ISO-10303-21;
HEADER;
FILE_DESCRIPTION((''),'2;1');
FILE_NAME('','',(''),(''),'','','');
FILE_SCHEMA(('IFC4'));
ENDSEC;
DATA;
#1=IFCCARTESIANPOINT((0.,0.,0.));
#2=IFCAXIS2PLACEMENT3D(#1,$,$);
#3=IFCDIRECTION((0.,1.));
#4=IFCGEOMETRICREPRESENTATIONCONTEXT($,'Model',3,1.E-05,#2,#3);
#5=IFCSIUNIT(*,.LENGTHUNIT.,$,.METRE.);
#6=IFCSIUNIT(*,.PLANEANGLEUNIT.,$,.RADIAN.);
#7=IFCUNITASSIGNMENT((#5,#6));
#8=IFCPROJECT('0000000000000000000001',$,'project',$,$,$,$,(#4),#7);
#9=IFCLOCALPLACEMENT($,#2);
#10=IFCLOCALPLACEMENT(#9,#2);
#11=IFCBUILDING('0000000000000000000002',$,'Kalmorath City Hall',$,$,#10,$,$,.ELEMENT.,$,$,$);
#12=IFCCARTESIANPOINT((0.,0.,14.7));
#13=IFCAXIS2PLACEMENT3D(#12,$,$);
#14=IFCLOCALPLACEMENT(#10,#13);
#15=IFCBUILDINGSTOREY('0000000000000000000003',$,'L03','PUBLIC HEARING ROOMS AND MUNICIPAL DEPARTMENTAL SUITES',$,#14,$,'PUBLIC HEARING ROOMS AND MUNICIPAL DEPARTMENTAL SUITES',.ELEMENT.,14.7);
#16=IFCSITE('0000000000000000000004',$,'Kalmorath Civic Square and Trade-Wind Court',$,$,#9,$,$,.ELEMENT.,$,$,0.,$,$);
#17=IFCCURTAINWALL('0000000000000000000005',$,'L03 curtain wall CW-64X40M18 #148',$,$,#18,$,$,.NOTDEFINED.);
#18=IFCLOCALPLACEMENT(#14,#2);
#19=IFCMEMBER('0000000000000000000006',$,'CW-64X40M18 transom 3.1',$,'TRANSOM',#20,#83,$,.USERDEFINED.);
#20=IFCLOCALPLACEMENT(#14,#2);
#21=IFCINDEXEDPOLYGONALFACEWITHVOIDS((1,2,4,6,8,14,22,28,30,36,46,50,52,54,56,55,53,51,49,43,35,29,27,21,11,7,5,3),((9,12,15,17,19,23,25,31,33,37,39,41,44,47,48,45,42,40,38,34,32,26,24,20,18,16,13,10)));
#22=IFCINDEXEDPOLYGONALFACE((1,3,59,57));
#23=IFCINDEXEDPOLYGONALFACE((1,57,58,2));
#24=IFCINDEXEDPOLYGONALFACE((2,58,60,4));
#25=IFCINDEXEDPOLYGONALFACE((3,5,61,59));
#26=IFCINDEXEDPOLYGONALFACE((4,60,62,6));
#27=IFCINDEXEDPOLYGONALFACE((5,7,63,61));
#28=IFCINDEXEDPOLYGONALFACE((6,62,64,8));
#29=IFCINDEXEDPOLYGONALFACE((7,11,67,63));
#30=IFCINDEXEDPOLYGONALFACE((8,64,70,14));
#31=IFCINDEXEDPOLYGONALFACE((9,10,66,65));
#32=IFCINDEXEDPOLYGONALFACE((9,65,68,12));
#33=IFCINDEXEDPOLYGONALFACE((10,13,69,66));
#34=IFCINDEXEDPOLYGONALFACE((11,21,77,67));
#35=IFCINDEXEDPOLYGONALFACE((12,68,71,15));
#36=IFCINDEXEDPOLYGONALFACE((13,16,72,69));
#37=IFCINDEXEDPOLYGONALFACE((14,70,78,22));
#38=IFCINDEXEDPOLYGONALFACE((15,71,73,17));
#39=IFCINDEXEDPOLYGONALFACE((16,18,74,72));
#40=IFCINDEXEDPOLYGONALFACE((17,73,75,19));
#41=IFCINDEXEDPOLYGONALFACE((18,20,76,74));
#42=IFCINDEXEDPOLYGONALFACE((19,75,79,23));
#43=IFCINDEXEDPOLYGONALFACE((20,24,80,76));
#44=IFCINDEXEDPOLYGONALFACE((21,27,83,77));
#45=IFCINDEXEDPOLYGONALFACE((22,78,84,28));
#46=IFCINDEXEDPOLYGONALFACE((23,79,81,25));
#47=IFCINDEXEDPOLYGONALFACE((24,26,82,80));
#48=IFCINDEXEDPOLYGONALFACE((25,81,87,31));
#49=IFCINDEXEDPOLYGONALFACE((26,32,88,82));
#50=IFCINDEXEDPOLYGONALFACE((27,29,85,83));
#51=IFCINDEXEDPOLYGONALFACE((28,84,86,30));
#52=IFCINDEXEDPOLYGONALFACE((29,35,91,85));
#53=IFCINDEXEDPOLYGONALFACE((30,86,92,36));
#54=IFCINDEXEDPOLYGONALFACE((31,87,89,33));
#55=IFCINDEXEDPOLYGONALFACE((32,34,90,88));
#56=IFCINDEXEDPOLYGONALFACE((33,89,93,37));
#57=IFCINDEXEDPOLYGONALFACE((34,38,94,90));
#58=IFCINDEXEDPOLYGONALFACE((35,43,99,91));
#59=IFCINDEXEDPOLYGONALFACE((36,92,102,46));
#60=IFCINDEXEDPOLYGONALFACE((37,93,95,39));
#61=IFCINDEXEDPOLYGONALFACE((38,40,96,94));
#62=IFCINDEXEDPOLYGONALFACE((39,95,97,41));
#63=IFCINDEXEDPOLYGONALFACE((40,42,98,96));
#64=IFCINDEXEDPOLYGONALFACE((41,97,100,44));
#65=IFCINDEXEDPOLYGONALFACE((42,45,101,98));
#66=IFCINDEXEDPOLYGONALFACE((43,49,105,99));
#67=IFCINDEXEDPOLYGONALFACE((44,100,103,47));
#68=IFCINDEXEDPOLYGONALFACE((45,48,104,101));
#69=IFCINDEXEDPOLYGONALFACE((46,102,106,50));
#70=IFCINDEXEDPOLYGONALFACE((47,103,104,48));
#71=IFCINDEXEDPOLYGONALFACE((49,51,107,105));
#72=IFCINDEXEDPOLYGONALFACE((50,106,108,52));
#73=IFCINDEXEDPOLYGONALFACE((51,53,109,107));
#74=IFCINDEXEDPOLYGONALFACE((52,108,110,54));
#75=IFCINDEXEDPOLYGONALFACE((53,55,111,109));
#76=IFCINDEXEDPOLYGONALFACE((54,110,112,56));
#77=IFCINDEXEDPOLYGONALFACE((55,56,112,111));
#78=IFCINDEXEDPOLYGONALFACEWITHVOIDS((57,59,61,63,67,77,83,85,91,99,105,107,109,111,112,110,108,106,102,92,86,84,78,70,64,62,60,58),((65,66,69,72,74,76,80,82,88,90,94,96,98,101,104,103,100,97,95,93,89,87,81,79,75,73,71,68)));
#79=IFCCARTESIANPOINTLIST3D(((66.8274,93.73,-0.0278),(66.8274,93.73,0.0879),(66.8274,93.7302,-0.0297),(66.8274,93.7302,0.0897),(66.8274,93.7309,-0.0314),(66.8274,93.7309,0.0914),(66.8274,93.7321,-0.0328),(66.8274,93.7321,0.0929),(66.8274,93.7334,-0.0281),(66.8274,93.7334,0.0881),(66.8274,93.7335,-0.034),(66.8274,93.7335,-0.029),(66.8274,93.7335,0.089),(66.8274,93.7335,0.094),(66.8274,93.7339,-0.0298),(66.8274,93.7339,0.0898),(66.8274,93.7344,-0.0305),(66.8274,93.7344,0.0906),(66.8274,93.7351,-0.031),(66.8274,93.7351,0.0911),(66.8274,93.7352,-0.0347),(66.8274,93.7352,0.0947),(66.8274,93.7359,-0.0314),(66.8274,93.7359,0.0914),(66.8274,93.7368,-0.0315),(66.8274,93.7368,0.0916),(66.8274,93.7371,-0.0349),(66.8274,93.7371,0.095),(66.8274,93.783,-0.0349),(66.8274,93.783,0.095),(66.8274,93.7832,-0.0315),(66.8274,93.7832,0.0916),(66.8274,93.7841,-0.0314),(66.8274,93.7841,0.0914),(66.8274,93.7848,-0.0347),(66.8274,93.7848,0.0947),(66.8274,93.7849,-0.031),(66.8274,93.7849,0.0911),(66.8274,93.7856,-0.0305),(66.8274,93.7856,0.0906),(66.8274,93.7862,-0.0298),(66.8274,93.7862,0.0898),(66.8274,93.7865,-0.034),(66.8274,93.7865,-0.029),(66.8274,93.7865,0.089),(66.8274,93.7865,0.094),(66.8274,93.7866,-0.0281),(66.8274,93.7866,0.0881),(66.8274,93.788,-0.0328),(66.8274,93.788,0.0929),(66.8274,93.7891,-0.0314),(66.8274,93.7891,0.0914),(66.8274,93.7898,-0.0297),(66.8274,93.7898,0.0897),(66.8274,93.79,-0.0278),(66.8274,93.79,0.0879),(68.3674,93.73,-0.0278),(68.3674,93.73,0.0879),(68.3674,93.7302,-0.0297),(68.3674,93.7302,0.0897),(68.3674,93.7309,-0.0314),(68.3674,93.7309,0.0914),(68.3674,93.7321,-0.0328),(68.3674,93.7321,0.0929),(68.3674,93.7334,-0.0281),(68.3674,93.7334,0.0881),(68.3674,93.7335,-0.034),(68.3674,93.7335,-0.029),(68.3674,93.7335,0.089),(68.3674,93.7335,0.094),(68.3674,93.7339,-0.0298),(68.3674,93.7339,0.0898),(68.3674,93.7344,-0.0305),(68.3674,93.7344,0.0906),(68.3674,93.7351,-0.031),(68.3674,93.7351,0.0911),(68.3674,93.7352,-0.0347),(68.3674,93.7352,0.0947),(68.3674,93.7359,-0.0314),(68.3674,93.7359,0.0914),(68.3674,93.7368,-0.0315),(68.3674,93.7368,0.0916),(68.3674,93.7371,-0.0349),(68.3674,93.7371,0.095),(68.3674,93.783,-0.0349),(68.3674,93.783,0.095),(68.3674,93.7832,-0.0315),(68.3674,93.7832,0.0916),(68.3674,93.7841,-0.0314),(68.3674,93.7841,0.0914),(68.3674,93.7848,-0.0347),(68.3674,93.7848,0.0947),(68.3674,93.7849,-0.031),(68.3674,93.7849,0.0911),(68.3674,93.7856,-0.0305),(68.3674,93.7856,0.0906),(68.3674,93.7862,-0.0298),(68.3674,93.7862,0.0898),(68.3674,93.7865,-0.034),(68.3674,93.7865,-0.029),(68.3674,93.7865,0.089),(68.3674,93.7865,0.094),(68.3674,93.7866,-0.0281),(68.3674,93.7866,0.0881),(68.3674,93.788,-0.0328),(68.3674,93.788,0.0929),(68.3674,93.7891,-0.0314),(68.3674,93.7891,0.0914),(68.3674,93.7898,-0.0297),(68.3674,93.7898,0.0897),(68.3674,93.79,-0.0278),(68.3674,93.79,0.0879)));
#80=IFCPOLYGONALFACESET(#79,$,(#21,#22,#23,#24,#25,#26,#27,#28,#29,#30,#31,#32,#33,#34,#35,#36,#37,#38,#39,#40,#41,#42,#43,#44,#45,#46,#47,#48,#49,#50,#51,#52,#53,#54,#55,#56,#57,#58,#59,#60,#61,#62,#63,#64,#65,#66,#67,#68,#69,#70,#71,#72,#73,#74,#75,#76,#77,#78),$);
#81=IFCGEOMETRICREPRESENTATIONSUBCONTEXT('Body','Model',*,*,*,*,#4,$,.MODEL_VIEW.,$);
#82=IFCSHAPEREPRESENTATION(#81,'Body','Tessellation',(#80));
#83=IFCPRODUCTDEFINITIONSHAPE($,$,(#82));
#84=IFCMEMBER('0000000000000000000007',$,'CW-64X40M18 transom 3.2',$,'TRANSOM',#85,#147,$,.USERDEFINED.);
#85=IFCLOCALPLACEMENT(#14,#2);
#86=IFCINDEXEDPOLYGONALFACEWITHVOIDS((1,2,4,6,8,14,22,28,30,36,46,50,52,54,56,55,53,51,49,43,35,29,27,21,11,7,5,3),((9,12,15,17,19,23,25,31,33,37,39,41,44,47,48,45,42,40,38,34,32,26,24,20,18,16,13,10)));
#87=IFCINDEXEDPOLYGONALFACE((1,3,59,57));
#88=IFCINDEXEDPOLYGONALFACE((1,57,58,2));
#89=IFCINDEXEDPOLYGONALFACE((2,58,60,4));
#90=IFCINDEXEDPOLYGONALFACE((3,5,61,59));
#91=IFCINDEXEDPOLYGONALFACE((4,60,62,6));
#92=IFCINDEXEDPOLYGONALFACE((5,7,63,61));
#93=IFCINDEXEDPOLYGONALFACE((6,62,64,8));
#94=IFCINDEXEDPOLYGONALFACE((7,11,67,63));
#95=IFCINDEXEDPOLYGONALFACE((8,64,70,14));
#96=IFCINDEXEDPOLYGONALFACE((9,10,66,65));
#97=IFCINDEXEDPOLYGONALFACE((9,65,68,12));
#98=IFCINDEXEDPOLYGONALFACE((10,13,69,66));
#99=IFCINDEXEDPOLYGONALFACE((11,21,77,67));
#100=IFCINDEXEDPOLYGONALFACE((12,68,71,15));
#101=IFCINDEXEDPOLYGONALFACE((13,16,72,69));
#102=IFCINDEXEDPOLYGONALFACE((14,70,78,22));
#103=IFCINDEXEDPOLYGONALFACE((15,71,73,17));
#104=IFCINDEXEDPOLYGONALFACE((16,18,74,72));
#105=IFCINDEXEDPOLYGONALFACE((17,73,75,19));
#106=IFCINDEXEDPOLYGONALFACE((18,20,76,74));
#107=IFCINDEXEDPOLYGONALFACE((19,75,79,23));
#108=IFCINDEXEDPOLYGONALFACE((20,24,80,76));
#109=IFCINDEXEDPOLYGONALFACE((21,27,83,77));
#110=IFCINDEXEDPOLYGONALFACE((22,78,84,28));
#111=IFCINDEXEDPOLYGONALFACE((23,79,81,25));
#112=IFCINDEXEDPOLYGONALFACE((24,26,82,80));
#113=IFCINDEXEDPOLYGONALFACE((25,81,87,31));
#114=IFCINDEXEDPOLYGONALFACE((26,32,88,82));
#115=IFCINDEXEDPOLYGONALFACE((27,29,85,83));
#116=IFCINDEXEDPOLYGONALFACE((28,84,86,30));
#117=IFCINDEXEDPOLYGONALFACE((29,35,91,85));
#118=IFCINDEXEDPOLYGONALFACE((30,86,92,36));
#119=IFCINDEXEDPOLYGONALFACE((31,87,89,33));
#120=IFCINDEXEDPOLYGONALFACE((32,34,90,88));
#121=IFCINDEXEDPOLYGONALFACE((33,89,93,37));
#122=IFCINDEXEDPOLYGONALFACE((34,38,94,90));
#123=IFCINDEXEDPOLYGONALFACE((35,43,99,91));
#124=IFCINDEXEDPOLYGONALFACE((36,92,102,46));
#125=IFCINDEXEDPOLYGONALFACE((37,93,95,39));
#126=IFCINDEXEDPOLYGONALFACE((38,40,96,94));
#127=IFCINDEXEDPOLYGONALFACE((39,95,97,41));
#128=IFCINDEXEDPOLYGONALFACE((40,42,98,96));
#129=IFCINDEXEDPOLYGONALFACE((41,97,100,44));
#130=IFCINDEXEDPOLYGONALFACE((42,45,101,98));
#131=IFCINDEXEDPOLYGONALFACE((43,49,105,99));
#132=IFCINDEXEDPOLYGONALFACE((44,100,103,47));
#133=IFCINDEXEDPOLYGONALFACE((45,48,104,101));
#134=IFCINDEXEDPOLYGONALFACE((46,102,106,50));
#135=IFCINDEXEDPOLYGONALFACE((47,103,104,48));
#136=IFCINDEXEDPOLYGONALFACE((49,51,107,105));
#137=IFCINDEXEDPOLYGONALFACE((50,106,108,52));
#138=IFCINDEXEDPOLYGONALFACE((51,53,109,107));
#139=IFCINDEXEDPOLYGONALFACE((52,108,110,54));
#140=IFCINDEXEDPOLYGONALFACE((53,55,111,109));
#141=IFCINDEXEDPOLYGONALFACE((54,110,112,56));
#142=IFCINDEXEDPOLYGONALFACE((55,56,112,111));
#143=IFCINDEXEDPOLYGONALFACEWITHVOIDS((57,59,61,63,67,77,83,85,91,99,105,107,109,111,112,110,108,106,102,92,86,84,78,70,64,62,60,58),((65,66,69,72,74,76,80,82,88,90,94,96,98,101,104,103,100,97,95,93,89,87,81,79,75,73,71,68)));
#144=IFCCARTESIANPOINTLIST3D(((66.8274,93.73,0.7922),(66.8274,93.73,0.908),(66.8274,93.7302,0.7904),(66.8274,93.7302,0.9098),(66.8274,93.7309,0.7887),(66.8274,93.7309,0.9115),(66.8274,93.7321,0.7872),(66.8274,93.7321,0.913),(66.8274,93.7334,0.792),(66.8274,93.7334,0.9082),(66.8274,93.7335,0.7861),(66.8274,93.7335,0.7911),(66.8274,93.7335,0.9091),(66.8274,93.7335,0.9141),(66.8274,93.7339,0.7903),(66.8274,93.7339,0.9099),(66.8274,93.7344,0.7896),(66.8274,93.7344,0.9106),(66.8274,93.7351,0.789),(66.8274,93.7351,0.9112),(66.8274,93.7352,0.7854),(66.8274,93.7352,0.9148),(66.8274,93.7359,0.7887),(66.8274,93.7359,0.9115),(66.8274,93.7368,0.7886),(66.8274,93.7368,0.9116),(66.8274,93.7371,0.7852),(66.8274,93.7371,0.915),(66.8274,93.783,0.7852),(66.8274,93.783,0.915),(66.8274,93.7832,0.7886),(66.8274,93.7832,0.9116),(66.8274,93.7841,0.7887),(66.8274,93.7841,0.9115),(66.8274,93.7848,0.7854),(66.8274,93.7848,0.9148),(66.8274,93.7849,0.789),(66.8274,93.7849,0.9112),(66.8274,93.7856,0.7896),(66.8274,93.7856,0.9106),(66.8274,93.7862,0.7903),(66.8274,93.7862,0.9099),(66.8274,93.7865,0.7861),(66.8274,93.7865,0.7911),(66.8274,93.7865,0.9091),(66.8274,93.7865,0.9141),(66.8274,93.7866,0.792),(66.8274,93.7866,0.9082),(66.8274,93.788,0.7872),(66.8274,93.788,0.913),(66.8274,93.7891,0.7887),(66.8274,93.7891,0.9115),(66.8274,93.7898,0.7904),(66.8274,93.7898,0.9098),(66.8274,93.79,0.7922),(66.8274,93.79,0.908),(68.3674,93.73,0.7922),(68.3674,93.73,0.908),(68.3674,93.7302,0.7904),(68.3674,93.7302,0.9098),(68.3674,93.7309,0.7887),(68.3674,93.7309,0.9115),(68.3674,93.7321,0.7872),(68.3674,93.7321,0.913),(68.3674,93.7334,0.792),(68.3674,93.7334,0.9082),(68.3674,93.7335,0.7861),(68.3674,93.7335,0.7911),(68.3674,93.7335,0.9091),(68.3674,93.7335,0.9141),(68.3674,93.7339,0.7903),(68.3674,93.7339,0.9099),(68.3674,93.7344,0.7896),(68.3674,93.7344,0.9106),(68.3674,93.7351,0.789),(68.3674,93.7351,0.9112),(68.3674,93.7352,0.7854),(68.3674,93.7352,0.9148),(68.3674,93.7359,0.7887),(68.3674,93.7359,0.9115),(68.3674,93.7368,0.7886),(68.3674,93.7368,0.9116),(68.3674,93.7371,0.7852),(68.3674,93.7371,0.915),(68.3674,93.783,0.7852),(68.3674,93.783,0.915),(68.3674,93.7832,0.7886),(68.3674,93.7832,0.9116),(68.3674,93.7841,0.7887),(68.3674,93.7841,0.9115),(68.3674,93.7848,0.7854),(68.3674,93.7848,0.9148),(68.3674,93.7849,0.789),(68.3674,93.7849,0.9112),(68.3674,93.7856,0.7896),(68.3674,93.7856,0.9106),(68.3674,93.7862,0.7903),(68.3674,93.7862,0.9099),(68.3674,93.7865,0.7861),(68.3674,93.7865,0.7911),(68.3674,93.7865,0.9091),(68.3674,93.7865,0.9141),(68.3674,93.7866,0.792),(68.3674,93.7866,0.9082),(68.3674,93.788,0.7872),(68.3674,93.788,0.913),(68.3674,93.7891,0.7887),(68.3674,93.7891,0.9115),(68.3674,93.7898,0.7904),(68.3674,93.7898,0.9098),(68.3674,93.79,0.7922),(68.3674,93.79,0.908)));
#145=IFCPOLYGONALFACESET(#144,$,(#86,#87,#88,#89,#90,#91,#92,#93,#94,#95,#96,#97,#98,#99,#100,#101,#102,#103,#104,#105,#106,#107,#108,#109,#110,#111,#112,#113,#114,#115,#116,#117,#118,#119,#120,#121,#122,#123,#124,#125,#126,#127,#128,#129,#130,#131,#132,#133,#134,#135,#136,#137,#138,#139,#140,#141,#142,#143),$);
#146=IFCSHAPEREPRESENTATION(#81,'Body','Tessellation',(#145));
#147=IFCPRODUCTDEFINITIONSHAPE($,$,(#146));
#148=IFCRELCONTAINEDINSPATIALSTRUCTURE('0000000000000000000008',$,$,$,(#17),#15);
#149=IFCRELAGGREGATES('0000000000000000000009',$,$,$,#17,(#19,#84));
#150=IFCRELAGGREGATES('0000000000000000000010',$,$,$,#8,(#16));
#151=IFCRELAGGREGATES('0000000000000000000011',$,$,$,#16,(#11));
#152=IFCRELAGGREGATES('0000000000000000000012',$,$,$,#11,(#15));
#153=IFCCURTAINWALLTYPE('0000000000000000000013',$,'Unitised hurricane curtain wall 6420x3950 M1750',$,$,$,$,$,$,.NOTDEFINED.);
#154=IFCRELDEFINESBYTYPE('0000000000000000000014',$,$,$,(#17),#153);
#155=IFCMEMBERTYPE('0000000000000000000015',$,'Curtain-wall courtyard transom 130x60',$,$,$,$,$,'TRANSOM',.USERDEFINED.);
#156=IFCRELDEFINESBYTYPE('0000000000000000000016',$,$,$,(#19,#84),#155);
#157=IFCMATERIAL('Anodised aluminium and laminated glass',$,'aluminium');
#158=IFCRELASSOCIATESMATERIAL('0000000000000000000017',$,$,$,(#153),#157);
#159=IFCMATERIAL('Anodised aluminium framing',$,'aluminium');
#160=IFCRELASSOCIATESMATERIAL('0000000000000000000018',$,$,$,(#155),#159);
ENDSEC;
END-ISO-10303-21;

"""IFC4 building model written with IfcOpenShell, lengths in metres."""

from ifc_helpers import new_model, si_unit, direction, frame, origin, origin_2d, place, context, subcontext, project, spatial, hollow_rectangle, extrude, material, material_profile, profile_set, type_object, element, aggregate, save


model = new_model("IFC4")

# Units and contexts
model_context = context("Model", 3, precision=1e-05, world=origin(), true_north=direction((0.0, 1.0)))
body_context = subcontext(model_context, "Body", "Model", "MODEL_VIEW")
ifc_project = project(units=[si_unit("LENGTHUNIT", "METRE"), si_unit("PLANEANGLEUNIT", "RADIAN")], contexts=[model_context])

# Site, building, storey
site_placement = place(None, origin())
site = spatial("IfcSite", under=ifc_project, at=site_placement, Name="Kalmorath Civic Square and Trade-Wind Court", CompositionType="ELEMENT", RefElevation=0.0)
building_placement = place(site_placement, origin())
building = spatial("IfcBuilding", under=site, at=building_placement, Name="Kalmorath City Hall", CompositionType="ELEMENT")
storey_placement = place(building_placement, frame((0.0, 0.0, 14.7)))
storey = spatial("IfcBuildingStorey", under=building, at=storey_placement, Name="L03", Description="PUBLIC HEARING ROOMS AND MUNICIPAL DEPARTMENTAL SUITES", LongName="PUBLIC HEARING ROOMS AND MUNICIPAL DEPARTMENTAL SUITES", CompositionType="ELEMENT", Elevation=14.7)

# Curtain wall, members
ifc_material_1 = material(Name="Anodised aluminium and laminated glass", Category="aluminium")
curtain_wall_type = type_object("IfcCurtainWallType", Name="Unitised hurricane curtain wall 6420x3950 M1750", PredefinedType="NOTDEFINED", material=ifc_material_1)
curtain_wall_placement = place(storey_placement, origin())
curtain_wall = element("IfcCurtainWall", 1, at=curtain_wall_placement, inside=storey, type_object=curtain_wall_type, Name="L03 curtain wall CW-64X40M18 #148", PredefinedType="NOTDEFINED")
ifc_material_2 = material(Name="Anodised aluminium framing", Category="aluminium")
ifc_material_profile_1 = material_profile(ifc_material_2, hollow_rectangle(XDim=0.0601, YDim=0.1299, WallThickness=0.0034, InnerFilletRadius=0.0034, OuterFilletRadius=0.0071, at=origin_2d()), Name="ALU-TRN-130X60X3.5")
ifc_profile_set_1 = profile_set([ifc_material_profile_1], Name="Anodised aluminium framing")
member_type_1 = type_object("IfcMemberType", Name="Curtain-wall courtyard transom 130x60", ElementType="TRANSOM", PredefinedType="USERDEFINED", material=ifc_profile_set_1)
member_1_placement = place(storey_placement, frame((68.3674, 93.76, 0.03), z_axis=(-1.0, 0.0, 0.0), x_axis=(0.0, -1.0, 0.0)))
member_1 = element("IfcMember", 2, at=member_1_placement, type_object=member_type_1, Name="CW-64X40M18 transom 3.1", ObjectType="TRANSOM", PredefinedType="USERDEFINED", context=body_context, shape_type="SweptSolid", body=[
    extrude(hollow_rectangle(XDim=0.0601, YDim=0.1299, WallThickness=0.0034, InnerFilletRadius=0.0034, OuterFilletRadius=0.0071, at=origin_2d()), origin(), (0.0, 0.0, 1.0), 1.54),
])
member_2_placement = place(storey_placement, frame((68.3674, 93.76, 0.8501), z_axis=(-1.0, 0.0, 0.0), x_axis=(0.0, -1.0, 0.0)))
member_2 = element("IfcMember", 3, at=member_2_placement, type_object=member_type_1, Name="CW-64X40M18 transom 3.2", ObjectType="TRANSOM", PredefinedType="USERDEFINED", context=body_context, shape_type="SweptSolid", body=[
    extrude(hollow_rectangle(XDim=0.0601, YDim=0.1299, WallThickness=0.0034, InnerFilletRadius=0.0034, OuterFilletRadius=0.0071, at=origin_2d()), origin(), (0.0, 0.0, 1.0), 1.54),
])
aggregate(curtain_wall, [member_1, member_2])

save(model, "model.ifc")
